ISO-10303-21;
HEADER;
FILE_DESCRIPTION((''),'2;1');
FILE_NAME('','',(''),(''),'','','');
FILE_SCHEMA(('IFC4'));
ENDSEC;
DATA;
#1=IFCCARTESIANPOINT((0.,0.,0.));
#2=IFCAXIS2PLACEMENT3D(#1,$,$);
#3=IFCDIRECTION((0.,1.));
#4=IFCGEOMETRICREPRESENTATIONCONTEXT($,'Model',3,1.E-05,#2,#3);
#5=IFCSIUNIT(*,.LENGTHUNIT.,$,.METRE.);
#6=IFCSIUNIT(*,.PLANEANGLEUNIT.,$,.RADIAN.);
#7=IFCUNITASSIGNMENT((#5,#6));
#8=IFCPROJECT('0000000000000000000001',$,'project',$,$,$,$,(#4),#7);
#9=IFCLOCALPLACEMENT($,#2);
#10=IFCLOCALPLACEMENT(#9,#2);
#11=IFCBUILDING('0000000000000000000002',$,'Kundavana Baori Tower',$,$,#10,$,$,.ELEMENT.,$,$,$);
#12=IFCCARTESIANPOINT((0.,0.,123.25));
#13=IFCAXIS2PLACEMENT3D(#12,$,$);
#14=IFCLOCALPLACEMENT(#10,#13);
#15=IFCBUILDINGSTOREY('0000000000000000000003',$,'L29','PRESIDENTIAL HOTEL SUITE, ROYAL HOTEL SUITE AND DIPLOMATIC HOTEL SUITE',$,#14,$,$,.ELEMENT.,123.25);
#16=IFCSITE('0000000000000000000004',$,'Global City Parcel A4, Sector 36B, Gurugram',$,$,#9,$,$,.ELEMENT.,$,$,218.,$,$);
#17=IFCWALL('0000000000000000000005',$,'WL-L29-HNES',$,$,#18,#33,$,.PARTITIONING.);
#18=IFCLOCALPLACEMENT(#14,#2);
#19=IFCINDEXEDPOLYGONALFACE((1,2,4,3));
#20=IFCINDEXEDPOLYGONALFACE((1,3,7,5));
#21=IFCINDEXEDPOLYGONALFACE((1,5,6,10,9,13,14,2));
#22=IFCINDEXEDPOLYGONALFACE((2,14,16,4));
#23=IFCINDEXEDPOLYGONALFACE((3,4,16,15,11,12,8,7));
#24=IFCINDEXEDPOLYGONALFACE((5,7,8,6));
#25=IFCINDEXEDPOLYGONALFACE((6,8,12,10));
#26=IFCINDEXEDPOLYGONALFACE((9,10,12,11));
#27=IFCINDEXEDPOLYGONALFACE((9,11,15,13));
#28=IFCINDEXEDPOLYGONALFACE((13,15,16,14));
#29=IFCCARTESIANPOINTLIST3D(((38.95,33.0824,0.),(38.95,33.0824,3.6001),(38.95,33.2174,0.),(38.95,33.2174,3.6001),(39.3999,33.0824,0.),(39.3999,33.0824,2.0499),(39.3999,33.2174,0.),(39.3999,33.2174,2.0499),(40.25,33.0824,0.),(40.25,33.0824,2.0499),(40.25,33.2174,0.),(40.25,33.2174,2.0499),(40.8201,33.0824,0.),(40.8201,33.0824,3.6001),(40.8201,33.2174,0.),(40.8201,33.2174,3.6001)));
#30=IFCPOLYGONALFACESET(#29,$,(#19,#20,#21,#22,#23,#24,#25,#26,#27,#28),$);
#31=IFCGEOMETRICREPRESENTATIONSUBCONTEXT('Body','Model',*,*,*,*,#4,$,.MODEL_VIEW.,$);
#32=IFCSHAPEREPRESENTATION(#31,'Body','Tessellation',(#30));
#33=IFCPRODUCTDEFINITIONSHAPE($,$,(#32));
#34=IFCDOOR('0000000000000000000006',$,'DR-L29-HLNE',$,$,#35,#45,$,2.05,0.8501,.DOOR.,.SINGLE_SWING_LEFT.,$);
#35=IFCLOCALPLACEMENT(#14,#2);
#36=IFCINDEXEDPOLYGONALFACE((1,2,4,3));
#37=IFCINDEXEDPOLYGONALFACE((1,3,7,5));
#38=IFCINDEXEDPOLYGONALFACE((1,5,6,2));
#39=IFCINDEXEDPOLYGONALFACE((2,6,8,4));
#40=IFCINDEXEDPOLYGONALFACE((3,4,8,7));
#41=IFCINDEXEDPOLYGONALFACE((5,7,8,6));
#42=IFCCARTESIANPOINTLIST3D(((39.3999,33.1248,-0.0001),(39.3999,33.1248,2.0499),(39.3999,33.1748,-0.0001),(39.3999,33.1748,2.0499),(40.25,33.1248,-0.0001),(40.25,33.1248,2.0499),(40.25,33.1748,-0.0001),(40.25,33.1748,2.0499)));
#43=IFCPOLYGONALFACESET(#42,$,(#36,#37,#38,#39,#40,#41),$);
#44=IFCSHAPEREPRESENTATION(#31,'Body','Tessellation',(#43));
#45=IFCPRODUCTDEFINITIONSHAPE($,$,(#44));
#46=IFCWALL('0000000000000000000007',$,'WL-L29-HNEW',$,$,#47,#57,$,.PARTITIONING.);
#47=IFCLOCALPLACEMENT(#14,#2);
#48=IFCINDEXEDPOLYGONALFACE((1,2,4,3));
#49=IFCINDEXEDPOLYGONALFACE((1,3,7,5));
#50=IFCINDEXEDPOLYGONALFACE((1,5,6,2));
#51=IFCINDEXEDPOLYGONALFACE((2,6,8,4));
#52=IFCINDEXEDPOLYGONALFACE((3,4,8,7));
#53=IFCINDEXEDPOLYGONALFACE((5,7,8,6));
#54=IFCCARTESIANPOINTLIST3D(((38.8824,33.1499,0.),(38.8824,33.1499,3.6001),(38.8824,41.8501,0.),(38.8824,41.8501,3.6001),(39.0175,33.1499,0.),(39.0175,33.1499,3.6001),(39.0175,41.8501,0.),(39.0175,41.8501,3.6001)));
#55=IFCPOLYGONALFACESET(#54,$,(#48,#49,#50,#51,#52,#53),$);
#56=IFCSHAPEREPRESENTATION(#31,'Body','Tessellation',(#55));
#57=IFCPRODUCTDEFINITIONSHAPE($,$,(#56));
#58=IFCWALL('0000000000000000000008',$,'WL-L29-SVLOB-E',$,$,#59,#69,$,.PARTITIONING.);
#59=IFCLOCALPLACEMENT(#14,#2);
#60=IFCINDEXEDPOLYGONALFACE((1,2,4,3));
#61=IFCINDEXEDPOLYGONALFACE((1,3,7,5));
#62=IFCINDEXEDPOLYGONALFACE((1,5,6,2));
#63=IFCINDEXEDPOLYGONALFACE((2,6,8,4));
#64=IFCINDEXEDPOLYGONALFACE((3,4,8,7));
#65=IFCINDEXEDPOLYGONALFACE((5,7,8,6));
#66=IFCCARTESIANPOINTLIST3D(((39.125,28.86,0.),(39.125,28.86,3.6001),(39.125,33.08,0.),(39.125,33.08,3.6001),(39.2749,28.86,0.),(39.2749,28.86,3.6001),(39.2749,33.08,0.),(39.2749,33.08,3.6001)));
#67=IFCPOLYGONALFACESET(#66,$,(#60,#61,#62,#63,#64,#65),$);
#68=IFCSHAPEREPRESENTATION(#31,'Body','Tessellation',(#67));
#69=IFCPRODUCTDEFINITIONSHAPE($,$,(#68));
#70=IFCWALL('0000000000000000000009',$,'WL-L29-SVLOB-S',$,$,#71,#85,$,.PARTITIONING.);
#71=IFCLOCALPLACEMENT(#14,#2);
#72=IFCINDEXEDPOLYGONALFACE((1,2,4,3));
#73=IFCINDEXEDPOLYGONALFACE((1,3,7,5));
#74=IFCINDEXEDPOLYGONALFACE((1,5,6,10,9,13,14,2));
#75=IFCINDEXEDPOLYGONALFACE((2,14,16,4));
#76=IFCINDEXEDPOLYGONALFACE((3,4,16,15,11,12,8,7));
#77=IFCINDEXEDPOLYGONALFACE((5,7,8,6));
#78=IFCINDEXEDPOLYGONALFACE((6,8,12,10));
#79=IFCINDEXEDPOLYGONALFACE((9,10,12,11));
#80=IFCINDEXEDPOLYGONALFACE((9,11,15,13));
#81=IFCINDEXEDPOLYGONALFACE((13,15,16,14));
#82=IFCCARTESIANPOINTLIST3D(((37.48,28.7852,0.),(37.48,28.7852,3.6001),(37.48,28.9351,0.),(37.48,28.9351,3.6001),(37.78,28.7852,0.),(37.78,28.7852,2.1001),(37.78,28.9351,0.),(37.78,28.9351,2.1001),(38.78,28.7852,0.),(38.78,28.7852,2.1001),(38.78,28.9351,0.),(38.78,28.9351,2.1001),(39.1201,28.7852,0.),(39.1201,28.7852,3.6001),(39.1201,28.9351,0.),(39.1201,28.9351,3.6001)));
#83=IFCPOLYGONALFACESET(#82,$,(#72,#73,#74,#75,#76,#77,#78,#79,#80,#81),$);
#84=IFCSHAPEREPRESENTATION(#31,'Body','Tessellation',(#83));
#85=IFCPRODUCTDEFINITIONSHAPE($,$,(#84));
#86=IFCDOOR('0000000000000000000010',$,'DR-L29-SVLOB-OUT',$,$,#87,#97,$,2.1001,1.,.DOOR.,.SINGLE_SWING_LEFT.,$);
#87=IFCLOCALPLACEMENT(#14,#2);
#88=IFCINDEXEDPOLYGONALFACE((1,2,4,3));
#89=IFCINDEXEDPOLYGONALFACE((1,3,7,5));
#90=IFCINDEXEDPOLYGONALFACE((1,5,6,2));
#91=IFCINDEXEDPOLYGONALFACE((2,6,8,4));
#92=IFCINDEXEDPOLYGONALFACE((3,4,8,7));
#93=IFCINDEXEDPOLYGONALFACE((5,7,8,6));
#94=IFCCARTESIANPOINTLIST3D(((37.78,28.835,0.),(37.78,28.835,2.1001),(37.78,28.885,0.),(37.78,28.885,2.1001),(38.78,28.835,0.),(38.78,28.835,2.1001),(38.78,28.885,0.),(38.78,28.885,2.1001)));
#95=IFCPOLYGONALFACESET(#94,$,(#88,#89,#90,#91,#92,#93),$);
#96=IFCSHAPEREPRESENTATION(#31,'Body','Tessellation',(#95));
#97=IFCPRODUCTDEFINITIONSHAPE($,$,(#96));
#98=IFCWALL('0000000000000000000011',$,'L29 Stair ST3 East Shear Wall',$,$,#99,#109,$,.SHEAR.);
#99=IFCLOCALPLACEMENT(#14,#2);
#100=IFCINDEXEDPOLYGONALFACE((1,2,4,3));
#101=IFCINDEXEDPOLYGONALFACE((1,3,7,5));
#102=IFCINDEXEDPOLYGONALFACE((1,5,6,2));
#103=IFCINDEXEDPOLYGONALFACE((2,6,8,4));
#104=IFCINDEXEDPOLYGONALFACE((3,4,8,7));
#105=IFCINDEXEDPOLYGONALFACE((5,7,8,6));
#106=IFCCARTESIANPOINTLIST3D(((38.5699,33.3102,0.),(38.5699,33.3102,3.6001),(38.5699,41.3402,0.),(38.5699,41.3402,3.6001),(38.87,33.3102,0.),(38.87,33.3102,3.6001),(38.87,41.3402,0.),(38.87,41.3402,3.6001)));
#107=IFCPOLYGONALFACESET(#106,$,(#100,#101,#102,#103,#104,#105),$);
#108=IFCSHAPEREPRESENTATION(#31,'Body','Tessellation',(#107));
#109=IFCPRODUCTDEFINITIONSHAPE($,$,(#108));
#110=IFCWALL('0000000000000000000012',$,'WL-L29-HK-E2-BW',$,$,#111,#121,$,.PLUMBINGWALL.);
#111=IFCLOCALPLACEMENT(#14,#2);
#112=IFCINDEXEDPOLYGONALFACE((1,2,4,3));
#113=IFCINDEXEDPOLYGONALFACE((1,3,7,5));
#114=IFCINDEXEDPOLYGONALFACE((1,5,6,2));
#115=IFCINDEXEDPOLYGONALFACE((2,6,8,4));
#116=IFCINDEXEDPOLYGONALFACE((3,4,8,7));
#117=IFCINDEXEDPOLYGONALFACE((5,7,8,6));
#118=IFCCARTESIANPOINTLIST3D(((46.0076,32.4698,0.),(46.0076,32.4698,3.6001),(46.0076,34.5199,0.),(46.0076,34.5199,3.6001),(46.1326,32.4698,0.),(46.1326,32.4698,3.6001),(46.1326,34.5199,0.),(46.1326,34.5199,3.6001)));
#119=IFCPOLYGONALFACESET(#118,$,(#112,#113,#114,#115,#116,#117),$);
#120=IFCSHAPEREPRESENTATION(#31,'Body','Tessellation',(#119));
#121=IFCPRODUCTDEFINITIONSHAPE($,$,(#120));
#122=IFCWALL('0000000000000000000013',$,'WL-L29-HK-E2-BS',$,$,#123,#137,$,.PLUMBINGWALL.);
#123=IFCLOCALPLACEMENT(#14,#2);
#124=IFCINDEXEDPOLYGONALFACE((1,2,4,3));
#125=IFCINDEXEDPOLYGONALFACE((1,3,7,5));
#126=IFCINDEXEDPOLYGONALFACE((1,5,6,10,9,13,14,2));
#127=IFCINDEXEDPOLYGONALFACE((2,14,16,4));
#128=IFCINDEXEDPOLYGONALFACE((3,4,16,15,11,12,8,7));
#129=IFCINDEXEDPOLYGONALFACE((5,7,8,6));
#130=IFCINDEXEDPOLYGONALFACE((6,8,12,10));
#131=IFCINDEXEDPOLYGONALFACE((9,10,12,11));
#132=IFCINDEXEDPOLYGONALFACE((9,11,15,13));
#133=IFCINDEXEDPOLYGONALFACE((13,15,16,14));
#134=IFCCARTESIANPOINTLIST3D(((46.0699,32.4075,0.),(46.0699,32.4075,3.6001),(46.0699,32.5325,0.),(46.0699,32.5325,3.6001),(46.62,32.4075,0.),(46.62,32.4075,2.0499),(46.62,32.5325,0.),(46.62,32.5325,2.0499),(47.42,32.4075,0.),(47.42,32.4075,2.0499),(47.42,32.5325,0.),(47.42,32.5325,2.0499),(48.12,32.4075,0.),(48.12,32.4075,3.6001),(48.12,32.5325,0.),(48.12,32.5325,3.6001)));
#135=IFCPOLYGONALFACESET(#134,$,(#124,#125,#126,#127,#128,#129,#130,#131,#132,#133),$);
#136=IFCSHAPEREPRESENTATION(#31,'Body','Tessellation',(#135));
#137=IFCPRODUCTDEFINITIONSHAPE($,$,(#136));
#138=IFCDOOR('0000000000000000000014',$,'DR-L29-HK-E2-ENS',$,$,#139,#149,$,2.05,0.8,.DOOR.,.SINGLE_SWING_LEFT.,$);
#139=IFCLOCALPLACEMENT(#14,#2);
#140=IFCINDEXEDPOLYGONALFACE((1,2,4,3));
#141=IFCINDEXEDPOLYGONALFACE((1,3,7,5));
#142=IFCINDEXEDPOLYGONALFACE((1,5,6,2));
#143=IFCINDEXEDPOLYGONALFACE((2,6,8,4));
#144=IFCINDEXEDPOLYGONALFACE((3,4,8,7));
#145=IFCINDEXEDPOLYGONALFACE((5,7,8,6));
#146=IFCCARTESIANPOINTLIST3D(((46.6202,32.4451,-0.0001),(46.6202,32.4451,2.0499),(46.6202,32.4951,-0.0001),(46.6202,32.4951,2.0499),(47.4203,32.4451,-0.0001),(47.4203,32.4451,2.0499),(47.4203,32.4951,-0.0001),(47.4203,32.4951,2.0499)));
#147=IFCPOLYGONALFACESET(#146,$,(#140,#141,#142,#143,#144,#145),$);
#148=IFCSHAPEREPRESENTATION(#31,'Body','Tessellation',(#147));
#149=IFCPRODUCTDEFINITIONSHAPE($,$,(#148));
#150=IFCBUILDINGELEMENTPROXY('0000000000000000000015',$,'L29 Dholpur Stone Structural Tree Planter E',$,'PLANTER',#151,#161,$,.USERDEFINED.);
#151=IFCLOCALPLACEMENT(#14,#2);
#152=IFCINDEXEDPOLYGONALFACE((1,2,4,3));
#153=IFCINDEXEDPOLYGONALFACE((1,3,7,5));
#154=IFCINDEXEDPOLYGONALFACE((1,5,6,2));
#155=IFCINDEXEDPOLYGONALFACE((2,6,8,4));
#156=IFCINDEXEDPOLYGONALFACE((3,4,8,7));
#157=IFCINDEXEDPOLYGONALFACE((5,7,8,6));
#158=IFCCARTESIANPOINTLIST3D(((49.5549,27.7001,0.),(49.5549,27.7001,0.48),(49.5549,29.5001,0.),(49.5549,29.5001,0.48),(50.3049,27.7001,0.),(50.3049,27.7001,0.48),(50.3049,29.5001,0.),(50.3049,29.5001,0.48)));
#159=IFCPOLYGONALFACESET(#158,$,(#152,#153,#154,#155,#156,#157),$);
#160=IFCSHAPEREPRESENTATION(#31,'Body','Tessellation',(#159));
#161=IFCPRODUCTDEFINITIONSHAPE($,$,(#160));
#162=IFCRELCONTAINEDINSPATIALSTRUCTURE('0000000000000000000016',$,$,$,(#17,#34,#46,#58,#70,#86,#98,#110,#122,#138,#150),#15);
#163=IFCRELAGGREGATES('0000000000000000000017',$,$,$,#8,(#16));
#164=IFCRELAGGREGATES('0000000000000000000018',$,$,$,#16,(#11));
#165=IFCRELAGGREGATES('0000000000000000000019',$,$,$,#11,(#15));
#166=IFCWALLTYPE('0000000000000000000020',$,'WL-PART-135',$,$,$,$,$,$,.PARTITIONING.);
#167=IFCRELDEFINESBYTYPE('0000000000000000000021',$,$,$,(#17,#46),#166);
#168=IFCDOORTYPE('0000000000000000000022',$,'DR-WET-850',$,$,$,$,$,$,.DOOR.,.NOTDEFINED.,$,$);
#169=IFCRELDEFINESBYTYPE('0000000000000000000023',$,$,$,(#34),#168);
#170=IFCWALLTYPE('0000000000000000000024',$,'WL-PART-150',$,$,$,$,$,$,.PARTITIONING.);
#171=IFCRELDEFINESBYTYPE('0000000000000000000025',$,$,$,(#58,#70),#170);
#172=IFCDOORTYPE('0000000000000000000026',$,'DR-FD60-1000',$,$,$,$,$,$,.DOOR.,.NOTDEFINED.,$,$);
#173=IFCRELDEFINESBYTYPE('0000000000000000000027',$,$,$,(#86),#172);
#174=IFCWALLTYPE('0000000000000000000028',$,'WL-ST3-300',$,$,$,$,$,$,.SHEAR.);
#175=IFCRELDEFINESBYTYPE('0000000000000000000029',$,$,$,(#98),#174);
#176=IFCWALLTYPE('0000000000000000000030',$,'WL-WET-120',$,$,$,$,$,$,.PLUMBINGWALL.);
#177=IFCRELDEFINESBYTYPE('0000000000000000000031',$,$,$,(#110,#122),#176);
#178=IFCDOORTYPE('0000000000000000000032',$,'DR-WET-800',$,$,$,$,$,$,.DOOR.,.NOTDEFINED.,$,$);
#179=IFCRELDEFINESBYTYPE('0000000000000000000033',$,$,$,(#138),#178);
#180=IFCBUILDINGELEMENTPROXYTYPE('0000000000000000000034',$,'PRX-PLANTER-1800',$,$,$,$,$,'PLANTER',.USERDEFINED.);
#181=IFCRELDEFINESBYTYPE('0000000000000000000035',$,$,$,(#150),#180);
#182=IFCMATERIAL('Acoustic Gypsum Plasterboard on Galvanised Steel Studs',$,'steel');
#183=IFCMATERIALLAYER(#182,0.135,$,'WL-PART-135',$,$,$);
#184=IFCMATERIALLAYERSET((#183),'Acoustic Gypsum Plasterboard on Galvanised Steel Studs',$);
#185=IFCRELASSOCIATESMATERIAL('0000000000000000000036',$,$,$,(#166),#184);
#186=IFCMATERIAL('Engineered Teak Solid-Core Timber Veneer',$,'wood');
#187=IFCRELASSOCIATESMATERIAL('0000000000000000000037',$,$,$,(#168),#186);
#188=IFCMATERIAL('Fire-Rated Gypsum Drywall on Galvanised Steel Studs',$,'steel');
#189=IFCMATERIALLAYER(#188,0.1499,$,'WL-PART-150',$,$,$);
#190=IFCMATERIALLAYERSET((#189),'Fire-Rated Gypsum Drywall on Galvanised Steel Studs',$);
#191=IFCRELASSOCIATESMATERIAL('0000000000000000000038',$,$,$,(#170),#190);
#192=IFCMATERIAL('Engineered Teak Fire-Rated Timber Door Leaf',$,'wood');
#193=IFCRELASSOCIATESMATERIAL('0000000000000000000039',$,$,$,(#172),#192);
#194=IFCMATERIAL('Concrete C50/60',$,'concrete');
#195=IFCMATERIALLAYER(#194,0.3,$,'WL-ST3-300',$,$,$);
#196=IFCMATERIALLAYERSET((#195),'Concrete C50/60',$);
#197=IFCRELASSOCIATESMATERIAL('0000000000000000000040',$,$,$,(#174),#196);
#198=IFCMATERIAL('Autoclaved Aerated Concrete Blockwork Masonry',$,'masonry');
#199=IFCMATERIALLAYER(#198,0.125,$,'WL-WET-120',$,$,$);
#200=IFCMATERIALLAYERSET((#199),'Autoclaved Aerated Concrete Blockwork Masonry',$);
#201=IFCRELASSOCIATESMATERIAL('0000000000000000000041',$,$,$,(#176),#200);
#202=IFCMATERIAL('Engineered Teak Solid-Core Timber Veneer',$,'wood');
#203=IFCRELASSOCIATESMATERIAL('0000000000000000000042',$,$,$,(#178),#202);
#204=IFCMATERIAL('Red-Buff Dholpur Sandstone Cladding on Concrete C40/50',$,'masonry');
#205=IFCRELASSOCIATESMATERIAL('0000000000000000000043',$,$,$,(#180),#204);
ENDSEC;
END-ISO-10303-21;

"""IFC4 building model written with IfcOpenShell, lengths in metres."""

from ifc_helpers import new_model, si_unit, direction, frame, frame_2d, origin, origin_2d, place, context, subcontext, project, spatial, rectangle, extrude, material, layer, layer_set, type_object, element, fill, save


model = new_model("IFC4")

# Units and contexts
model_context = context("Model", 3, precision=1e-05, world=origin(), true_north=direction((0.0, 1.0)))
body_context = subcontext(model_context, "Body", "Model", "MODEL_VIEW")
ifc_project = project(units=[si_unit("LENGTHUNIT", "METRE"), si_unit("PLANEANGLEUNIT", "RADIAN")], contexts=[model_context])

# Site, building, storey
site_placement = place(None, origin())
site = spatial("IfcSite", under=ifc_project, at=site_placement, Name="Global City Parcel A4, Sector 36B, Gurugram", CompositionType="ELEMENT", RefElevation=218.0)
building_placement = place(site_placement, origin())
building = spatial("IfcBuilding", under=site, at=building_placement, Name="Kundavana Baori Tower", CompositionType="ELEMENT")
storey_placement = place(building_placement, frame((0.0, 0.0, 123.25)))
storey = spatial("IfcBuildingStorey", under=building, at=storey_placement, Name="L29", Description="PRESIDENTIAL HOTEL SUITE, ROYAL HOTEL SUITE AND DIPLOMATIC HOTEL SUITE", CompositionType="ELEMENT", Elevation=123.25)

# Shared definitions
ifc_material_1 = material(Name="Acoustic Gypsum Plasterboard on Galvanised Steel Studs", Category="steel")
ifc_layer_1 = layer(ifc_material_1, 0.135, Name="WL-PART-135")
ifc_layer_set_1 = layer_set([ifc_layer_1], Name="Acoustic Gypsum Plasterboard on Galvanised Steel Studs")
wall_type_1 = type_object("IfcWallType", Name="WL-PART-135", PredefinedType="PARTITIONING", material=ifc_layer_set_1)

# Wall, opening, door
wall_1_placement = place(storey_placement, frame((38.95, 33.1499, 0.0), z_axis=(0.0, 0.0, 1.0), x_axis=(1.0, 0.0, 0.0)))
wall_1 = element("IfcWall", 1, at=wall_1_placement, inside=storey, type_object=wall_type_1, Name="WL-L29-HNES", PredefinedType="PARTITIONING", context=body_context, shape_type="SweptSolid", body=[
    extrude(rectangle(XDim=1.8701, YDim=0.135, at=frame_2d((0.9351, 0.0))), origin(), (0.0, 0.0, 1.0), 3.6001),
])
opening_1_placement = place(wall_1_placement, frame((0.45, 0.0, 0.0)))
opening_1 = element("IfcOpeningElement", 2, at=opening_1_placement, cuts=wall_1, PredefinedType="OPENING", context=body_context, shape_type="SweptSolid", body=[
    extrude(rectangle(XDim=0.8501, YDim=2.05, at=frame_2d((0.425, 1.0249))), frame((0.0, 0.0776, 0.0), z_axis=(0.0, -1.0, 0.0), x_axis=(1.0, 0.0, 0.0)), (0.0, 0.0, 1.0), 0.155),
])
ifc_material_2 = material(Name="Engineered Teak Solid-Core Timber Veneer", Category="wood")
door_type_1 = type_object("IfcDoorType", Name="DR-WET-850", OperationType="NOTDEFINED", PredefinedType="DOOR", material=ifc_material_2)
door_1_placement = place(opening_1_placement, origin())
door_1 = element("IfcDoor", 3, at=door_1_placement, inside=storey, type_object=door_type_1, Name="DR-L29-HLNE", OperationType="SINGLE_SWING_LEFT", OverallHeight=2.05, OverallWidth=0.8501, PredefinedType="DOOR", context=body_context, shape_type="SweptSolid", body=[
    extrude(rectangle(XDim=0.8501, YDim=2.05, at=frame_2d((0.425, 1.0249))), frame((0.0, 0.0249, 0.0), z_axis=(0.0, -1.0, 0.0), x_axis=(1.0, 0.0, 0.0)), (0.0, 0.0, 1.0), 0.05),
])
fill(opening_1, door_1)

# Walls
wall_2_placement = place(storey_placement, frame((38.95, 33.1499, 0.0), z_axis=(0.0, 0.0, 1.0), x_axis=(0.0, 1.0, 0.0)))
element("IfcWall", 4, at=wall_2_placement, inside=storey, type_object=wall_type_1, Name="WL-L29-HNEW", PredefinedType="PARTITIONING", context=body_context, shape_type="SweptSolid", body=[
    extrude(rectangle(XDim=8.7002, YDim=0.135, at=frame_2d((4.3501, 0.0))), origin(), (0.0, 0.0, 1.0), 3.6001),
])
ifc_material_3 = material(Name="Fire-Rated Gypsum Drywall on Galvanised Steel Studs", Category="steel")
ifc_layer_2 = layer(ifc_material_3, 0.1499, Name="WL-PART-150")
ifc_layer_set_2 = layer_set([ifc_layer_2], Name="Fire-Rated Gypsum Drywall on Galvanised Steel Studs")
wall_type_2 = type_object("IfcWallType", Name="WL-PART-150", PredefinedType="PARTITIONING", material=ifc_layer_set_2)
wall_3_placement = place(storey_placement, frame((39.2, 28.8601, 0.0), z_axis=(0.0, 0.0, 1.0), x_axis=(0.0, 1.0, 0.0)))
element("IfcWall", 5, at=wall_3_placement, inside=storey, type_object=wall_type_2, Name="WL-L29-SVLOB-E", PredefinedType="PARTITIONING", context=body_context, shape_type="SweptSolid", body=[
    extrude(rectangle(XDim=4.22, YDim=0.1499, at=frame_2d((2.1099, 0.0))), origin(), (0.0, 0.0, 1.0), 3.6001),
])

# Wall, opening, door
wall_4_placement = place(storey_placement, frame((37.48, 28.8601, 0.0), z_axis=(0.0, 0.0, 1.0), x_axis=(1.0, 0.0, 0.0)))
wall_4 = element("IfcWall", 6, at=wall_4_placement, inside=storey, type_object=wall_type_2, Name="WL-L29-SVLOB-S", PredefinedType="PARTITIONING", context=body_context, shape_type="SweptSolid", body=[
    extrude(rectangle(XDim=1.6401, YDim=0.1499, at=frame_2d((0.8201, 0.0))), origin(), (0.0, 0.0, 1.0), 3.6001),
])
opening_2_placement = place(wall_4_placement, frame((0.3, 0.0, 0.0)))
opening_2 = element("IfcOpeningElement", 7, at=opening_2_placement, cuts=wall_4, PredefinedType="OPENING", context=body_context, shape_type="SweptSolid", body=[
    extrude(rectangle(XDim=1.0, YDim=2.1001, at=frame_2d((0.5, 1.05))), frame((0.0, 0.085, 0.0), z_axis=(0.0, -1.0, 0.0), x_axis=(1.0, 0.0, 0.0)), (0.0, 0.0, 1.0), 0.1699),
])
ifc_material_4 = material(Name="Engineered Teak Fire-Rated Timber Door Leaf", Category="wood")
door_type_2 = type_object("IfcDoorType", Name="DR-FD60-1000", OperationType="NOTDEFINED", PredefinedType="DOOR", material=ifc_material_4)
door_2_placement = place(opening_2_placement, origin())
door_2 = element("IfcDoor", 8, at=door_2_placement, inside=storey, type_object=door_type_2, Name="DR-L29-SVLOB-OUT", OperationType="SINGLE_SWING_LEFT", OverallHeight=2.1001, OverallWidth=1.0, PredefinedType="DOOR", context=body_context, shape_type="SweptSolid", body=[
    extrude(rectangle(XDim=1.0, YDim=2.1001, at=frame_2d((0.5, 1.05))), frame((0.0, 0.0249, 0.0), z_axis=(0.0, -1.0, 0.0), x_axis=(1.0, 0.0, 0.0)), (0.0, 0.0, 1.0), 0.05),
])
fill(opening_2, door_2)

# Walls
ifc_material_5 = material(Name="Concrete C50/60", Category="concrete")
ifc_layer_3 = layer(ifc_material_5, 0.3, Name="WL-ST3-300")
ifc_layer_set_3 = layer_set([ifc_layer_3], Name="Concrete C50/60")
wall_type_3 = type_object("IfcWallType", Name="WL-ST3-300", PredefinedType="SHEAR", material=ifc_layer_set_3)
wall_5_placement = place(storey_placement, frame((38.72, 33.3101, 0.0), z_axis=(0.0, 0.0, 1.0), x_axis=(0.0, 1.0, 0.0)))
element("IfcWall", 9, at=wall_5_placement, inside=storey, type_object=wall_type_3, Name="L29 Stair ST3 East Shear Wall", PredefinedType="SHEAR", context=body_context, shape_type="SweptSolid", body=[
    extrude(rectangle(XDim=8.03, YDim=0.3, at=frame_2d((4.0151, 0.0))), origin(), (0.0, 0.0, 1.0), 3.6001),
])
ifc_material_6 = material(Name="Autoclaved Aerated Concrete Blockwork Masonry", Category="masonry")
ifc_layer_4 = layer(ifc_material_6, 0.125, Name="WL-WET-120")
ifc_layer_set_4 = layer_set([ifc_layer_4], Name="Autoclaved Aerated Concrete Blockwork Masonry")
wall_type_4 = type_object("IfcWallType", Name="WL-WET-120", PredefinedType="PLUMBINGWALL", material=ifc_layer_set_4)
wall_6_placement = place(storey_placement, frame((46.0701, 32.47, 0.0), z_axis=(0.0, 0.0, 1.0), x_axis=(0.0, 1.0, 0.0)))
element("IfcWall", 10, at=wall_6_placement, inside=storey, type_object=wall_type_4, Name="WL-L29-HK-E2-BW", PredefinedType="PLUMBINGWALL", context=body_context, shape_type="SweptSolid", body=[
    extrude(rectangle(XDim=2.05, YDim=0.125, at=frame_2d((1.0249, 0.0))), origin(), (0.0, 0.0, 1.0), 3.6001),
])

# Wall, opening, door
wall_7_placement = place(storey_placement, frame((46.0701, 32.47, 0.0), z_axis=(0.0, 0.0, 1.0), x_axis=(1.0, 0.0, 0.0)))
wall_7 = element("IfcWall", 11, at=wall_7_placement, inside=storey, type_object=wall_type_4, Name="WL-L29-HK-E2-BS", PredefinedType="PLUMBINGWALL", context=body_context, shape_type="SweptSolid", body=[
    extrude(rectangle(XDim=2.05, YDim=0.125, at=frame_2d((1.0249, 0.0))), origin(), (0.0, 0.0, 1.0), 3.6001),
])
opening_3_placement = place(wall_7_placement, frame((0.55, 0.0, 0.0)))
opening_3 = element("IfcOpeningElement", 12, at=opening_3_placement, cuts=wall_7, PredefinedType="OPENING", context=body_context, shape_type="SweptSolid", body=[
    extrude(rectangle(XDim=0.8, YDim=2.05, at=frame_2d((0.3999, 1.0249))), frame((0.0, 0.0725, 0.0), z_axis=(0.0, -1.0, 0.0), x_axis=(1.0, 0.0, 0.0)), (0.0, 0.0, 1.0), 0.145),
])
ifc_material_7 = material(Name="Engineered Teak Solid-Core Timber Veneer", Category="wood")
door_type_3 = type_object("IfcDoorType", Name="DR-WET-800", OperationType="NOTDEFINED", PredefinedType="DOOR", material=ifc_material_7)
door_3_placement = place(opening_3_placement, frame((0.8, 0.0, 0.0), z_axis=(0.0, 0.0, 1.0), x_axis=(-1.0, 0.0, 0.0)))
door_3 = element("IfcDoor", 13, at=door_3_placement, inside=storey, type_object=door_type_3, Name="DR-L29-HK-E2-ENS", OperationType="SINGLE_SWING_LEFT", OverallHeight=2.05, OverallWidth=0.8, PredefinedType="DOOR", context=body_context, shape_type="SweptSolid", body=[
    extrude(rectangle(XDim=0.8, YDim=2.05, at=frame_2d((0.3999, 1.0249))), frame((0.0, 0.0249, 0.0), z_axis=(0.0, -1.0, 0.0), x_axis=(1.0, 0.0, 0.0)), (0.0, 0.0, 1.0), 0.05),
])
fill(opening_3, door_3)

# Building element proxy
ifc_material_8 = material(Name="Red-Buff Dholpur Sandstone Cladding on Concrete C40/50", Category="masonry")
building_element_proxy_type = type_object("IfcBuildingElementProxyType", Name="PRX-PLANTER-1800", ElementType="PLANTER", PredefinedType="USERDEFINED", material=ifc_material_8)
proxy_placement = place(storey_placement, frame((49.9299, 28.6001, 0.0), z_axis=(0.0, 0.0, 1.0), x_axis=(0.0, 1.0, 0.0)))
element("IfcBuildingElementProxy", 14, at=proxy_placement, inside=storey, type_object=building_element_proxy_type, Name="L29 Dholpur Stone Structural Tree Planter E", ObjectType="PLANTER", PredefinedType="USERDEFINED", context=body_context, shape_type="SweptSolid", body=[
    extrude(rectangle(XDim=1.8, YDim=0.75, at=origin_2d()), origin(), (0.0, 0.0, 1.0), 0.48),
])

save(model, "model.ifc")
